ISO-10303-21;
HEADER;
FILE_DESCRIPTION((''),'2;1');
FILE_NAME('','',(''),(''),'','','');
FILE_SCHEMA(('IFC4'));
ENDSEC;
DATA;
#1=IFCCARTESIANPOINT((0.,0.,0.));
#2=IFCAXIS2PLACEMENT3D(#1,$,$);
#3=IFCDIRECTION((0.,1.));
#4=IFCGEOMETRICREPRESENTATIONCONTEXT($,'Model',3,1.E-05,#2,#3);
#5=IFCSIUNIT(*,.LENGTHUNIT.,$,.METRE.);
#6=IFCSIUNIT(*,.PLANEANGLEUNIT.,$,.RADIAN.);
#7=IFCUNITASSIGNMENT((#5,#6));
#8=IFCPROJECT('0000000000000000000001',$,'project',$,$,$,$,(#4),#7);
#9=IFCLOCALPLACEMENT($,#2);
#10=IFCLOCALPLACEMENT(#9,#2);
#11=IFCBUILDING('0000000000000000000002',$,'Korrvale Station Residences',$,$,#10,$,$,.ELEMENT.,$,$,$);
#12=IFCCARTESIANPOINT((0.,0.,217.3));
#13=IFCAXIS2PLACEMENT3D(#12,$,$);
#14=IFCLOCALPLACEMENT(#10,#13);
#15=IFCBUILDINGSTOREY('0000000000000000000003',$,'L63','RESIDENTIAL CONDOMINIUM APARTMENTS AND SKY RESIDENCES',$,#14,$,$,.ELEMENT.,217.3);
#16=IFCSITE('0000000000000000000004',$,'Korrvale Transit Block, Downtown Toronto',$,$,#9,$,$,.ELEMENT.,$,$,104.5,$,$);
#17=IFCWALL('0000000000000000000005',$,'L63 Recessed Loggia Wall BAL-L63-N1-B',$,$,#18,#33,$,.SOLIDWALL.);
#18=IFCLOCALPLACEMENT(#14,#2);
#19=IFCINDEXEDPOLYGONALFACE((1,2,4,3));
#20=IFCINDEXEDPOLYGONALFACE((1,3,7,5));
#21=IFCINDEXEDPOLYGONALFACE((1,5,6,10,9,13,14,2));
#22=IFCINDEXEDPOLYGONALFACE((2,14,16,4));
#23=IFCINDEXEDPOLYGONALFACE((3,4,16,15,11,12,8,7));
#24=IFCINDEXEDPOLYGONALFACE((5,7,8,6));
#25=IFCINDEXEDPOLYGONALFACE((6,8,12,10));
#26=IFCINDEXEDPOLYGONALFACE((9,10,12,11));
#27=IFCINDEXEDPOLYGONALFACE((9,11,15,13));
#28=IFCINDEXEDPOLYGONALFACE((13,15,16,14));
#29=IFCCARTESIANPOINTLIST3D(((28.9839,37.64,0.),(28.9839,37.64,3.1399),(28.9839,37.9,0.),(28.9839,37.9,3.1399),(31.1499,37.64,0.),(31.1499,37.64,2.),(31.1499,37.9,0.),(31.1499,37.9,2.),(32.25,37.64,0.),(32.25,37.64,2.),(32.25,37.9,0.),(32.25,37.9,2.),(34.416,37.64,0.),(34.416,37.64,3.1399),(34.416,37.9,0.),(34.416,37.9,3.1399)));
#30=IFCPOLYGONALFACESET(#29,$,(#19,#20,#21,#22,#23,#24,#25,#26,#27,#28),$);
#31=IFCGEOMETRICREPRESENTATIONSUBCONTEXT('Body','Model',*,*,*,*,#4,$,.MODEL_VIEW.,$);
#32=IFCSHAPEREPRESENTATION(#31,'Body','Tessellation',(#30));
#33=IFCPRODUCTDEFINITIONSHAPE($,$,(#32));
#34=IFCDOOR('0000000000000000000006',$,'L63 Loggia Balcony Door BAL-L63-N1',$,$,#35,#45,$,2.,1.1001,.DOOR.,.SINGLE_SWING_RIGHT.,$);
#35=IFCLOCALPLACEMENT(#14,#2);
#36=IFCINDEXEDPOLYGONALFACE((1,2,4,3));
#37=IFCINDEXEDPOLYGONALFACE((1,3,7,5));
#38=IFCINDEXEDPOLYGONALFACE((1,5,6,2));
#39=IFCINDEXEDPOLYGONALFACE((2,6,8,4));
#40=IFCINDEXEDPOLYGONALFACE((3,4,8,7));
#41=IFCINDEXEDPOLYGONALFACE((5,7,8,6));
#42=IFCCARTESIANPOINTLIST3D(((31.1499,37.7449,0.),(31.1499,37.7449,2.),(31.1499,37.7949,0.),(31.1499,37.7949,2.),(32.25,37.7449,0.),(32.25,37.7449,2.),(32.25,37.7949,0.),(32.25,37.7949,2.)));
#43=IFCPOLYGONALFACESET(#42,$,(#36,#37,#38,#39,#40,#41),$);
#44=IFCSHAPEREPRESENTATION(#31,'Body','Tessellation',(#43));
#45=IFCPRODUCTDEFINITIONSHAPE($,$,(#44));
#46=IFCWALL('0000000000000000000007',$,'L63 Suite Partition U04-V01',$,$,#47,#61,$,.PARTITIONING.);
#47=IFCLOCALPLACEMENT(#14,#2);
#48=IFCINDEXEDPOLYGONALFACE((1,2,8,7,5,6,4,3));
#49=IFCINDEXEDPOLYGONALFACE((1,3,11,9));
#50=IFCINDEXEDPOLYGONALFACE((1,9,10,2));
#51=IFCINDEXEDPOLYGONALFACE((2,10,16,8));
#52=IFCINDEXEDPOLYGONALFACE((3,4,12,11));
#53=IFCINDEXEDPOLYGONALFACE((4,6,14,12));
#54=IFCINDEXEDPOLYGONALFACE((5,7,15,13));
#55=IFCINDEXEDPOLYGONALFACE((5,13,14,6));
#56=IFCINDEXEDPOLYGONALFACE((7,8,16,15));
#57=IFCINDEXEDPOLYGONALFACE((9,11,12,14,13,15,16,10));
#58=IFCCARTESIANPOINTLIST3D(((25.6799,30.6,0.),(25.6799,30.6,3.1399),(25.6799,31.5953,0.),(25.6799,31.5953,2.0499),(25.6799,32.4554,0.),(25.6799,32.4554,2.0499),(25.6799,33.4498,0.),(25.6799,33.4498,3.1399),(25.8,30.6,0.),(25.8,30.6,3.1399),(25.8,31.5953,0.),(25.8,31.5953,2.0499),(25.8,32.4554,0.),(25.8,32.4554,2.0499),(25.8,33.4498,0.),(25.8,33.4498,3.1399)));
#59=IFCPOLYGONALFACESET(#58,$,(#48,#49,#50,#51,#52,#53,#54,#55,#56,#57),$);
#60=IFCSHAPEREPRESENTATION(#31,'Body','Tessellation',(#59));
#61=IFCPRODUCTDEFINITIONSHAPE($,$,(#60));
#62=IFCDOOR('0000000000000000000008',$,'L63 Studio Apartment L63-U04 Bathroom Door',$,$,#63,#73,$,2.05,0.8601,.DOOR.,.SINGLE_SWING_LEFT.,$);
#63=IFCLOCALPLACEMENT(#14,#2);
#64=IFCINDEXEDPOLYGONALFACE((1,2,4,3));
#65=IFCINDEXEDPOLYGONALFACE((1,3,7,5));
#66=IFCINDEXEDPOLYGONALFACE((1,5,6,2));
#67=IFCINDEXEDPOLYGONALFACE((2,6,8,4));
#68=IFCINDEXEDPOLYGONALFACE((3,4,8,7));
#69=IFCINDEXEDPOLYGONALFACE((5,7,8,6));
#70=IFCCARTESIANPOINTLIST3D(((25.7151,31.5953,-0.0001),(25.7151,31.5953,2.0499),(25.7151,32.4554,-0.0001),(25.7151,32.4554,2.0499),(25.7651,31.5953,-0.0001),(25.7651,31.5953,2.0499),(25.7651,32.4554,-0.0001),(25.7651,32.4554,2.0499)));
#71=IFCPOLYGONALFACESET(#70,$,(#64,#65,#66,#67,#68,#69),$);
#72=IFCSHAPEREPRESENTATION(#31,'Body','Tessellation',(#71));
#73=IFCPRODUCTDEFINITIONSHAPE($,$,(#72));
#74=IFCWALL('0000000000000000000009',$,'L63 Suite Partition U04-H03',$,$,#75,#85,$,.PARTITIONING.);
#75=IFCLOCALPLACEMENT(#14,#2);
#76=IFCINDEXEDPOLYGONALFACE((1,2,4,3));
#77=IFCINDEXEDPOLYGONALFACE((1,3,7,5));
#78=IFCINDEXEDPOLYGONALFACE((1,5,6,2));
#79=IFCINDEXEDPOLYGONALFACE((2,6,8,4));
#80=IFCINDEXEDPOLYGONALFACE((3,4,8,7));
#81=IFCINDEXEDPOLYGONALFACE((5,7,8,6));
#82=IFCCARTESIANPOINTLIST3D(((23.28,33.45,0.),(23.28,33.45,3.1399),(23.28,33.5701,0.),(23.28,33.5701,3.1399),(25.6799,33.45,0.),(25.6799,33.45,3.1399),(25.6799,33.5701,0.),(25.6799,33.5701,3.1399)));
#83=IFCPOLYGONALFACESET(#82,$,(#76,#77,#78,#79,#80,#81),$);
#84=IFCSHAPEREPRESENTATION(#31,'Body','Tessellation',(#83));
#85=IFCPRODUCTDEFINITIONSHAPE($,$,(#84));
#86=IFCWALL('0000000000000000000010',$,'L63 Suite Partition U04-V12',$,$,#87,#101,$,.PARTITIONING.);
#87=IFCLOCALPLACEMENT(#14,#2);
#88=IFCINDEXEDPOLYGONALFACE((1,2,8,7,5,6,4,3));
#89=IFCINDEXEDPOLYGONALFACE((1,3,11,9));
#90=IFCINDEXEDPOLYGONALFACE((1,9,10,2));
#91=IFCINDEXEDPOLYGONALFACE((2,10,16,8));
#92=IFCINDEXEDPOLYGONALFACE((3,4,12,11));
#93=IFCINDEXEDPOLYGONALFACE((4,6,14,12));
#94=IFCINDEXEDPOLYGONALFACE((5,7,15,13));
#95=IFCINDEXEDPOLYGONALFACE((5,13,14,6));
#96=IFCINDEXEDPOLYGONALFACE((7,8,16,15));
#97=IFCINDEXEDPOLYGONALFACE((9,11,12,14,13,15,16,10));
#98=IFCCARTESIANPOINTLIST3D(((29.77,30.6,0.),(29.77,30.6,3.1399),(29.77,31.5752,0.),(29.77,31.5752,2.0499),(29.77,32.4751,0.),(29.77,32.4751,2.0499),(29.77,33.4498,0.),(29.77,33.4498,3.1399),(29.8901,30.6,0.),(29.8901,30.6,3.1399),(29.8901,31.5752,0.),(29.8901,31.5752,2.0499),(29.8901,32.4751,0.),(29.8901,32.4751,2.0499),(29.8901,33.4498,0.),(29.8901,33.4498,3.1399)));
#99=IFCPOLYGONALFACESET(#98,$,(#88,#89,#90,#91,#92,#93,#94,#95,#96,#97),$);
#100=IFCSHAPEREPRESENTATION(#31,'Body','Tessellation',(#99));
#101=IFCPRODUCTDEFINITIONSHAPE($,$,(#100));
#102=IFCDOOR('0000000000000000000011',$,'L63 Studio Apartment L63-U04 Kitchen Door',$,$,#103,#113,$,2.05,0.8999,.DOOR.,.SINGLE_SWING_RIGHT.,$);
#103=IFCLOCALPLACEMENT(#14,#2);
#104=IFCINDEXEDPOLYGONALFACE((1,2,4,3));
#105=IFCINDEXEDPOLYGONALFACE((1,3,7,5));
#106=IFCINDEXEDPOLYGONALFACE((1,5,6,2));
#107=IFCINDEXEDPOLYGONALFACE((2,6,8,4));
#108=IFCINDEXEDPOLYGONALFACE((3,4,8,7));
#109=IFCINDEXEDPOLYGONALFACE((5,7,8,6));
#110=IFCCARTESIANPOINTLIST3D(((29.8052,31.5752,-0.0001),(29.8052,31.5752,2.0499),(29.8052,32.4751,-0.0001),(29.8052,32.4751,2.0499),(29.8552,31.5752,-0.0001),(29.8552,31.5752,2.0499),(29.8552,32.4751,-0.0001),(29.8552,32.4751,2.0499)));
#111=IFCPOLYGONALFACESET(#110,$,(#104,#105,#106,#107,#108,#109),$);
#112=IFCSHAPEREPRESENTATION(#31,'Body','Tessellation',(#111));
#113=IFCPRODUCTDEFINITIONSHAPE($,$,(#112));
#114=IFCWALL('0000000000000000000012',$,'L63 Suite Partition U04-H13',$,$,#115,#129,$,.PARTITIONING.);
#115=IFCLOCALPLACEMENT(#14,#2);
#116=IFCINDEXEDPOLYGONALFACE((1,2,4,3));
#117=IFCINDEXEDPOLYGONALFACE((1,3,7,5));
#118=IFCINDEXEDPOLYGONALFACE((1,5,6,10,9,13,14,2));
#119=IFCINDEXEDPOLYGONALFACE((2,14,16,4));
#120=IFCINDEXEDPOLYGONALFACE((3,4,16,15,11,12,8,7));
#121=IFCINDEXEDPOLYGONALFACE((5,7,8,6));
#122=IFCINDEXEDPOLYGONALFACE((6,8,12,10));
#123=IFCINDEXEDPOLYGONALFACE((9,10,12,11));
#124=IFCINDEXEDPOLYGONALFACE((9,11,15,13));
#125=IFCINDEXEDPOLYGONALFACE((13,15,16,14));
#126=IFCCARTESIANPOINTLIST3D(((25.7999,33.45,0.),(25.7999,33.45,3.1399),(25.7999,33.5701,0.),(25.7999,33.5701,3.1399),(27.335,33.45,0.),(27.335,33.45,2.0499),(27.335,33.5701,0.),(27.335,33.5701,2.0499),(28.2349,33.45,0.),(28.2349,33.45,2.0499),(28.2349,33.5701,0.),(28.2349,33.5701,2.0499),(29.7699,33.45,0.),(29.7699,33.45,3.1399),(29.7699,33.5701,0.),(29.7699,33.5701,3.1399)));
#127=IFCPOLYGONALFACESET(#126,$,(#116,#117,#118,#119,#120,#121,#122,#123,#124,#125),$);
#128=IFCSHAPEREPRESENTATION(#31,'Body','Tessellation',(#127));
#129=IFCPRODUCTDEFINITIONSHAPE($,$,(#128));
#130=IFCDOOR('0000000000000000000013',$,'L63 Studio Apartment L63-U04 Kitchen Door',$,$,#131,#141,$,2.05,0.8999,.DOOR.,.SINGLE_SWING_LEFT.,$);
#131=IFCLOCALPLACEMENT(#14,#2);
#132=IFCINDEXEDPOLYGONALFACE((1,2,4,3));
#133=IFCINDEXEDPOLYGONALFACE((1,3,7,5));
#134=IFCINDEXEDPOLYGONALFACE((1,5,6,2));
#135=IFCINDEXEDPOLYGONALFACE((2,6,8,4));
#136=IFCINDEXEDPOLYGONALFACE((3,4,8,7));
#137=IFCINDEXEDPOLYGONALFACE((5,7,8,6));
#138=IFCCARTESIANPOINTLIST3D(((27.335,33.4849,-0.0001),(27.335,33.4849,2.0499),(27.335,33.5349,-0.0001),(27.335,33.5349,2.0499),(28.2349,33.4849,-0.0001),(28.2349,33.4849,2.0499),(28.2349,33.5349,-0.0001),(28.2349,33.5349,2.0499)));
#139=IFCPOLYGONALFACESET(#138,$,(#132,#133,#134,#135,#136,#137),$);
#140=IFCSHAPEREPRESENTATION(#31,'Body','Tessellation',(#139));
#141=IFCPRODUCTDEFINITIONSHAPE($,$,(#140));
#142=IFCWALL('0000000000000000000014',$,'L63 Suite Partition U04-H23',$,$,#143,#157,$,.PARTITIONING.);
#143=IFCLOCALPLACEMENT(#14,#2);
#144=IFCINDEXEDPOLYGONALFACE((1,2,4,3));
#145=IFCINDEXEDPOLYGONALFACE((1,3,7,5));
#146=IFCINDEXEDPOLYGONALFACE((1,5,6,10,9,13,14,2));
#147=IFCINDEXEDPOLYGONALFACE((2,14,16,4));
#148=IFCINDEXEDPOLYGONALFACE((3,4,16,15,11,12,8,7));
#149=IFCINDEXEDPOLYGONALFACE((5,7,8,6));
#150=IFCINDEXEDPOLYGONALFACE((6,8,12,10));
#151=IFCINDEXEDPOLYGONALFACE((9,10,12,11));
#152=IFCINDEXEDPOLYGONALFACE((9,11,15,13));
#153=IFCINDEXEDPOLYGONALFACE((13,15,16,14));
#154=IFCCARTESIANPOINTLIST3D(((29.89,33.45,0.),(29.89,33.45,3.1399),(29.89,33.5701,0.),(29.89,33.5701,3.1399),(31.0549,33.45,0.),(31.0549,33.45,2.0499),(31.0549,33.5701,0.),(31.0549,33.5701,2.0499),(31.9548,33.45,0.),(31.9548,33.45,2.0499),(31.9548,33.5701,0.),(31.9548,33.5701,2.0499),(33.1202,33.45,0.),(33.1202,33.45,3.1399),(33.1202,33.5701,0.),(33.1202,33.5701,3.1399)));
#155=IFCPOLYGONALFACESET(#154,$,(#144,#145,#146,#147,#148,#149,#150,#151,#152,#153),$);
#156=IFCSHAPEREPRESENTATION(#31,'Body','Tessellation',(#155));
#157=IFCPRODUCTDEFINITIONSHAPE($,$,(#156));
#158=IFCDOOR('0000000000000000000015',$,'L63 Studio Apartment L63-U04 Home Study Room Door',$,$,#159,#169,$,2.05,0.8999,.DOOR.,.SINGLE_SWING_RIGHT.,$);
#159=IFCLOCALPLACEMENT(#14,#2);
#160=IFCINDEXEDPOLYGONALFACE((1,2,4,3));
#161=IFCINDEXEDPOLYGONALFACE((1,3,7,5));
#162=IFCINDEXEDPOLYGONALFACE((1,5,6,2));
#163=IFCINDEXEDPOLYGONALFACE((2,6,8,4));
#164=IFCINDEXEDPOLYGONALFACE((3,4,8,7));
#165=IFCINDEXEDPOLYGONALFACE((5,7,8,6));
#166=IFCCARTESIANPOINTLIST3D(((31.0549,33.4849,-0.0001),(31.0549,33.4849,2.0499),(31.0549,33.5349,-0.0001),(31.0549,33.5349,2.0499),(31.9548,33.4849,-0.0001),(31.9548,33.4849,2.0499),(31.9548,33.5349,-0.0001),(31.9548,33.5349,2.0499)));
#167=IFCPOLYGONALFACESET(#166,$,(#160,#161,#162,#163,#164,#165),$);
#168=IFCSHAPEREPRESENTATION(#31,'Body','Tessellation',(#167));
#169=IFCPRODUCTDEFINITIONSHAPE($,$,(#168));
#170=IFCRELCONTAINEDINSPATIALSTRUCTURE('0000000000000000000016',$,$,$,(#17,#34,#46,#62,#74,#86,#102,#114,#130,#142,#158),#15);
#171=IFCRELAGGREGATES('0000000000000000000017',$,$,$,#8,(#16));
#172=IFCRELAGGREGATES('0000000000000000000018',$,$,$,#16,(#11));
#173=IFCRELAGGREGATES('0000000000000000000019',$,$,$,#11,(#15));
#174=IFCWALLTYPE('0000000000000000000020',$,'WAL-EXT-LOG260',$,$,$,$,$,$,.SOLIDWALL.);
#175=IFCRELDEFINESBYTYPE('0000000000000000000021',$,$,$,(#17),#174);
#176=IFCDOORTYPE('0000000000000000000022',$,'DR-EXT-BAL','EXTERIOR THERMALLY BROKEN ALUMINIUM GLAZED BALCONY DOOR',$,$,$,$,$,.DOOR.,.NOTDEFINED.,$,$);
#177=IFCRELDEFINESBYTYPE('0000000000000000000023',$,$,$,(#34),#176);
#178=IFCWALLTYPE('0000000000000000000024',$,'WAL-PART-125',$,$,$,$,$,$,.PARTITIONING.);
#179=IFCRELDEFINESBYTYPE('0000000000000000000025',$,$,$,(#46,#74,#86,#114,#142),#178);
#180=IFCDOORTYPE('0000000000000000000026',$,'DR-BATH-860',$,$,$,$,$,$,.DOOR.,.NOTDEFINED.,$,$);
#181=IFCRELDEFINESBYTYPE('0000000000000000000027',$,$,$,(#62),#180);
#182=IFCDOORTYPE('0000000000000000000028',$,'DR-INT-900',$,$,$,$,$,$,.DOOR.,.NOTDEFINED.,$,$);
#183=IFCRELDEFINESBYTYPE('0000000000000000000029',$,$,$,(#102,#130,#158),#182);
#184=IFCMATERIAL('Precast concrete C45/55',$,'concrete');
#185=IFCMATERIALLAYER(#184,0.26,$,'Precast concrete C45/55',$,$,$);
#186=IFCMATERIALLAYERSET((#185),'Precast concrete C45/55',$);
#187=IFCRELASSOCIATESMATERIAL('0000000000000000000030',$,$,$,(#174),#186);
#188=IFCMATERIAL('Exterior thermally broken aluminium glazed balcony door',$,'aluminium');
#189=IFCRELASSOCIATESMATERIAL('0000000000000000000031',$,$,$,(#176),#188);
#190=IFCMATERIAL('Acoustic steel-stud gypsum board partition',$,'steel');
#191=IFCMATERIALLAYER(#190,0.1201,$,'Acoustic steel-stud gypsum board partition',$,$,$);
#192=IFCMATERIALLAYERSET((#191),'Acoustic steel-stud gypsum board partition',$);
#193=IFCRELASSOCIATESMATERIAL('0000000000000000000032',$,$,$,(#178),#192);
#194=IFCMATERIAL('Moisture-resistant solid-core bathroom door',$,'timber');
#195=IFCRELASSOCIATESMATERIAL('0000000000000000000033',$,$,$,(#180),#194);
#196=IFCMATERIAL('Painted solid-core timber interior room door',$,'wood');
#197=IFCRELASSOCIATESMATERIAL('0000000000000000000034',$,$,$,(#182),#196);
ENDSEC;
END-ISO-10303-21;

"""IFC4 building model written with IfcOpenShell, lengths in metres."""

from ifc_helpers import new_model, si_unit, direction, frame, frame_2d, origin, place, context, subcontext, project, spatial, rectangle, extrude, material, layer, layer_set, type_object, element, fill, save


model = new_model("IFC4")

# Units and contexts
model_context = context("Model", 3, precision=1e-05, world=origin(), true_north=direction((0.0, 1.0)))
body_context = subcontext(model_context, "Body", "Model", "MODEL_VIEW")
ifc_project = project(units=[si_unit("LENGTHUNIT", "METRE"), si_unit("PLANEANGLEUNIT", "RADIAN")], contexts=[model_context])

# Site, building, storey
site_placement = place(None, origin())
site = spatial("IfcSite", under=ifc_project, at=site_placement, Name="Korrvale Transit Block, Downtown Toronto", CompositionType="ELEMENT", RefElevation=104.5)
building_placement = place(site_placement, origin())
building = spatial("IfcBuilding", under=site, at=building_placement, Name="Korrvale Station Residences", CompositionType="ELEMENT")
storey_placement = place(building_placement, frame((0.0, 0.0, 217.3)))
storey = spatial("IfcBuildingStorey", under=building, at=storey_placement, Name="L63", Description="RESIDENTIAL CONDOMINIUM APARTMENTS AND SKY RESIDENCES", CompositionType="ELEMENT", Elevation=217.3)

# Shared definitions
ifc_material_1 = material(Name="Precast concrete C45/55", Category="concrete")
ifc_layer_1 = layer(ifc_material_1, 0.26, Name="Precast concrete C45/55")
ifc_layer_set_1 = layer_set([ifc_layer_1], Name="Precast concrete C45/55")
wall_type_1 = type_object("IfcWallType", Name="WAL-EXT-LOG260", PredefinedType="SOLIDWALL", material=ifc_layer_set_1)

# Walls, openings, doors
wall_1_placement = place(storey_placement, frame((28.9839, 37.77, 0.0), z_axis=(0.0, 0.0, 1.0), x_axis=(1.0, 0.0, 0.0)))
wall_1 = element("IfcWall", 1, at=wall_1_placement, inside=storey, type_object=wall_type_1, Name="L63 Recessed Loggia Wall BAL-L63-N1-B", PredefinedType="SOLIDWALL", context=body_context, shape_type="SweptSolid", body=[
    extrude(rectangle(XDim=5.4321, YDim=0.26, at=frame_2d((2.7161, 0.0))), origin(), (0.0, 0.0, 1.0), 3.1399),
])
opening_1_placement = place(wall_1_placement, frame((2.166, 0.0, 0.0)))
opening_1 = element("IfcOpeningElement", 2, at=opening_1_placement, cuts=wall_1, PredefinedType="OPENING", context=body_context, shape_type="SweptSolid", body=[
    extrude(rectangle(XDim=1.1001, YDim=2.0, at=frame_2d((0.55, 1.0))), frame((0.0, 0.1401, 0.0), z_axis=(0.0, -1.0, 0.0), x_axis=(1.0, 0.0, 0.0)), (0.0, 0.0, 1.0), 0.28),
])
ifc_material_2 = material(Name="Exterior thermally broken aluminium glazed balcony door", Category="aluminium")
door_type_1 = type_object("IfcDoorType", Name="DR-EXT-BAL", Description="EXTERIOR THERMALLY BROKEN ALUMINIUM GLAZED BALCONY DOOR", OperationType="NOTDEFINED", PredefinedType="DOOR", material=ifc_material_2)
door_1_placement = place(opening_1_placement, origin())
door_1 = element("IfcDoor", 3, at=door_1_placement, inside=storey, type_object=door_type_1, Name="L63 Loggia Balcony Door BAL-L63-N1", OperationType="SINGLE_SWING_RIGHT", OverallHeight=2.0, OverallWidth=1.1001, PredefinedType="DOOR", context=body_context, shape_type="SweptSolid", body=[
    extrude(rectangle(XDim=1.1001, YDim=2.0, at=frame_2d((0.55, 1.0))), frame((0.0, 0.0249, 0.0), z_axis=(0.0, -1.0, 0.0), x_axis=(1.0, 0.0, 0.0)), (0.0, 0.0, 1.0), 0.05),
])
fill(opening_1, door_1)
ifc_material_3 = material(Name="Acoustic steel-stud gypsum board partition", Category="steel")
ifc_layer_2 = layer(ifc_material_3, 0.1201, Name="Acoustic steel-stud gypsum board partition")
ifc_layer_set_2 = layer_set([ifc_layer_2], Name="Acoustic steel-stud gypsum board partition")
wall_type_2 = type_object("IfcWallType", Name="WAL-PART-125", PredefinedType="PARTITIONING", material=ifc_layer_set_2)
wall_2_placement = place(storey_placement, frame((25.74, 30.6001, 0.0), z_axis=(0.0, 0.0, 1.0), x_axis=(0.0, 1.0, 0.0)))
wall_2 = element("IfcWall", 4, at=wall_2_placement, inside=storey, type_object=wall_type_2, Name="L63 Suite Partition U04-V01", PredefinedType="PARTITIONING", context=body_context, shape_type="SweptSolid", body=[
    extrude(rectangle(XDim=2.8499, YDim=0.1201, at=frame_2d((1.4248, 0.0))), origin(), (0.0, 0.0, 1.0), 3.1399),
])
opening_2_placement = place(wall_2_placement, frame((0.9951, 0.0, 0.0)))
opening_2 = element("IfcOpeningElement", 5, at=opening_2_placement, cuts=wall_2, PredefinedType="OPENING", context=body_context, shape_type="SweptSolid", body=[
    extrude(rectangle(XDim=0.8601, YDim=2.05, at=frame_2d((0.4302, 1.0249))), frame((0.0, 0.0701, 0.0), z_axis=(0.0, -1.0, 0.0), x_axis=(1.0, 0.0, 0.0)), (0.0, 0.0, 1.0), 0.1401),
])
ifc_material_4 = material(Name="Moisture-resistant solid-core bathroom door", Category="timber")
door_type_2 = type_object("IfcDoorType", Name="DR-BATH-860", OperationType="NOTDEFINED", PredefinedType="DOOR", material=ifc_material_4)
door_2_placement = place(opening_2_placement, origin())
door_2 = element("IfcDoor", 6, at=door_2_placement, inside=storey, type_object=door_type_2, Name="L63 Studio Apartment L63-U04 Bathroom Door", OperationType="SINGLE_SWING_LEFT", OverallHeight=2.05, OverallWidth=0.8601, PredefinedType="DOOR", context=body_context, shape_type="SweptSolid", body=[
    extrude(rectangle(XDim=0.8601, YDim=2.05, at=frame_2d((0.4302, 1.0249))), frame((0.0, 0.0249, 0.0), z_axis=(0.0, -1.0, 0.0), x_axis=(1.0, 0.0, 0.0)), (0.0, 0.0, 1.0), 0.05),
])
fill(opening_2, door_2)

# Wall
wall_3_placement = place(storey_placement, frame((23.28, 33.51, 0.0), z_axis=(0.0, 0.0, 1.0), x_axis=(1.0, 0.0, 0.0)))
element("IfcWall", 7, at=wall_3_placement, inside=storey, type_object=wall_type_2, Name="L63 Suite Partition U04-H03", PredefinedType="PARTITIONING", context=body_context, shape_type="SweptSolid", body=[
    extrude(rectangle(XDim=2.3999, YDim=0.1201, at=frame_2d((1.2, 0.0))), origin(), (0.0, 0.0, 1.0), 3.1399),
])

# Walls, openings, doors
wall_4_placement = place(storey_placement, frame((29.8301, 30.6001, 0.0), z_axis=(0.0, 0.0, 1.0), x_axis=(0.0, 1.0, 0.0)))
wall_4 = element("IfcWall", 8, at=wall_4_placement, inside=storey, type_object=wall_type_2, Name="L63 Suite Partition U04-V12", PredefinedType="PARTITIONING", context=body_context, shape_type="SweptSolid", body=[
    extrude(rectangle(XDim=2.8499, YDim=0.1201, at=frame_2d((1.4248, 0.0))), origin(), (0.0, 0.0, 1.0), 3.1399),
])
opening_3_placement = place(wall_4_placement, frame((0.9751, 0.0, 0.0)))
opening_3 = element("IfcOpeningElement", 9, at=opening_3_placement, cuts=wall_4, PredefinedType="OPENING", context=body_context, shape_type="SweptSolid", body=[
    extrude(rectangle(XDim=0.8999, YDim=2.05, at=frame_2d((0.45, 1.0249))), frame((0.0, 0.0701, 0.0), z_axis=(0.0, -1.0, 0.0), x_axis=(1.0, 0.0, 0.0)), (0.0, 0.0, 1.0), 0.1401),
])
ifc_material_5 = material(Name="Painted solid-core timber interior room door", Category="wood")
door_type_3 = type_object("IfcDoorType", Name="DR-INT-900", OperationType="NOTDEFINED", PredefinedType="DOOR", material=ifc_material_5)
door_3_placement = place(opening_3_placement, origin())
door_3 = element("IfcDoor", 10, at=door_3_placement, inside=storey, type_object=door_type_3, Name="L63 Studio Apartment L63-U04 Kitchen Door", OperationType="SINGLE_SWING_RIGHT", OverallHeight=2.05, OverallWidth=0.8999, PredefinedType="DOOR", context=body_context, shape_type="SweptSolid", body=[
    extrude(rectangle(XDim=0.8999, YDim=2.05, at=frame_2d((0.45, 1.0249))), frame((0.0, 0.0249, 0.0), z_axis=(0.0, -1.0, 0.0), x_axis=(1.0, 0.0, 0.0)), (0.0, 0.0, 1.0), 0.05),
])
fill(opening_3, door_3)
wall_5_placement = place(storey_placement, frame((25.8, 33.51, 0.0), z_axis=(0.0, 0.0, 1.0), x_axis=(1.0, 0.0, 0.0)))
wall_5 = element("IfcWall", 11, at=wall_5_placement, inside=storey, type_object=wall_type_2, Name="L63 Suite Partition U04-H13", PredefinedType="PARTITIONING", context=body_context, shape_type="SweptSolid", body=[
    extrude(rectangle(XDim=3.97, YDim=0.1201, at=frame_2d((1.9849, 0.0))), origin(), (0.0, 0.0, 1.0), 3.1399),
])
opening_4_placement = place(wall_5_placement, frame((1.5349, 0.0, 0.0)))
opening_4 = element("IfcOpeningElement", 12, at=opening_4_placement, cuts=wall_5, PredefinedType="OPENING", context=body_context, shape_type="SweptSolid", body=[
    extrude(rectangle(XDim=0.8999, YDim=2.05, at=frame_2d((0.45, 1.0249))), frame((0.0, 0.0701, 0.0), z_axis=(0.0, -1.0, 0.0), x_axis=(1.0, 0.0, 0.0)), (0.0, 0.0, 1.0), 0.1401),
])
door_4_placement = place(opening_4_placement, origin())
door_4 = element("IfcDoor", 13, at=door_4_placement, inside=storey, type_object=door_type_3, Name="L63 Studio Apartment L63-U04 Kitchen Door", OperationType="SINGLE_SWING_LEFT", OverallHeight=2.05, OverallWidth=0.8999, PredefinedType="DOOR", context=body_context, shape_type="SweptSolid", body=[
    extrude(rectangle(XDim=0.8999, YDim=2.05, at=frame_2d((0.45, 1.0249))), frame((0.0, 0.0249, 0.0), z_axis=(0.0, -1.0, 0.0), x_axis=(1.0, 0.0, 0.0)), (0.0, 0.0, 1.0), 0.05),
])
fill(opening_4, door_4)
wall_6_placement = place(storey_placement, frame((29.8899, 33.51, 0.0), z_axis=(0.0, 0.0, 1.0), x_axis=(1.0, 0.0, 0.0)))
wall_6 = element("IfcWall", 14, at=wall_6_placement, inside=storey, type_object=wall_type_2, Name="L63 Suite Partition U04-H23", PredefinedType="PARTITIONING", context=body_context, shape_type="SweptSolid", body=[
    extrude(rectangle(XDim=3.2302, YDim=0.1201, at=frame_2d((1.6152, 0.0))), origin(), (0.0, 0.0, 1.0), 3.1399),
])
opening_5_placement = place(wall_6_placement, frame((1.165, 0.0, 0.0)))
opening_5 = element("IfcOpeningElement", 15, at=opening_5_placement, cuts=wall_6, PredefinedType="OPENING", context=body_context, shape_type="SweptSolid", body=[
    extrude(rectangle(XDim=0.8999, YDim=2.05, at=frame_2d((0.45, 1.0249))), frame((0.0, 0.0701, 0.0), z_axis=(0.0, -1.0, 0.0), x_axis=(1.0, 0.0, 0.0)), (0.0, 0.0, 1.0), 0.1401),
])
door_5_placement = place(opening_5_placement, origin())
door_5 = element("IfcDoor", 16, at=door_5_placement, inside=storey, type_object=door_type_3, Name="L63 Studio Apartment L63-U04 Home Study Room Door", OperationType="SINGLE_SWING_RIGHT", OverallHeight=2.05, OverallWidth=0.8999, PredefinedType="DOOR", context=body_context, shape_type="SweptSolid", body=[
    extrude(rectangle(XDim=0.8999, YDim=2.05, at=frame_2d((0.45, 1.0249))), frame((0.0, 0.0249, 0.0), z_axis=(0.0, -1.0, 0.0), x_axis=(1.0, 0.0, 0.0)), (0.0, 0.0, 1.0), 0.05),
])
fill(opening_5, door_5)

save(model, "model.ifc")
